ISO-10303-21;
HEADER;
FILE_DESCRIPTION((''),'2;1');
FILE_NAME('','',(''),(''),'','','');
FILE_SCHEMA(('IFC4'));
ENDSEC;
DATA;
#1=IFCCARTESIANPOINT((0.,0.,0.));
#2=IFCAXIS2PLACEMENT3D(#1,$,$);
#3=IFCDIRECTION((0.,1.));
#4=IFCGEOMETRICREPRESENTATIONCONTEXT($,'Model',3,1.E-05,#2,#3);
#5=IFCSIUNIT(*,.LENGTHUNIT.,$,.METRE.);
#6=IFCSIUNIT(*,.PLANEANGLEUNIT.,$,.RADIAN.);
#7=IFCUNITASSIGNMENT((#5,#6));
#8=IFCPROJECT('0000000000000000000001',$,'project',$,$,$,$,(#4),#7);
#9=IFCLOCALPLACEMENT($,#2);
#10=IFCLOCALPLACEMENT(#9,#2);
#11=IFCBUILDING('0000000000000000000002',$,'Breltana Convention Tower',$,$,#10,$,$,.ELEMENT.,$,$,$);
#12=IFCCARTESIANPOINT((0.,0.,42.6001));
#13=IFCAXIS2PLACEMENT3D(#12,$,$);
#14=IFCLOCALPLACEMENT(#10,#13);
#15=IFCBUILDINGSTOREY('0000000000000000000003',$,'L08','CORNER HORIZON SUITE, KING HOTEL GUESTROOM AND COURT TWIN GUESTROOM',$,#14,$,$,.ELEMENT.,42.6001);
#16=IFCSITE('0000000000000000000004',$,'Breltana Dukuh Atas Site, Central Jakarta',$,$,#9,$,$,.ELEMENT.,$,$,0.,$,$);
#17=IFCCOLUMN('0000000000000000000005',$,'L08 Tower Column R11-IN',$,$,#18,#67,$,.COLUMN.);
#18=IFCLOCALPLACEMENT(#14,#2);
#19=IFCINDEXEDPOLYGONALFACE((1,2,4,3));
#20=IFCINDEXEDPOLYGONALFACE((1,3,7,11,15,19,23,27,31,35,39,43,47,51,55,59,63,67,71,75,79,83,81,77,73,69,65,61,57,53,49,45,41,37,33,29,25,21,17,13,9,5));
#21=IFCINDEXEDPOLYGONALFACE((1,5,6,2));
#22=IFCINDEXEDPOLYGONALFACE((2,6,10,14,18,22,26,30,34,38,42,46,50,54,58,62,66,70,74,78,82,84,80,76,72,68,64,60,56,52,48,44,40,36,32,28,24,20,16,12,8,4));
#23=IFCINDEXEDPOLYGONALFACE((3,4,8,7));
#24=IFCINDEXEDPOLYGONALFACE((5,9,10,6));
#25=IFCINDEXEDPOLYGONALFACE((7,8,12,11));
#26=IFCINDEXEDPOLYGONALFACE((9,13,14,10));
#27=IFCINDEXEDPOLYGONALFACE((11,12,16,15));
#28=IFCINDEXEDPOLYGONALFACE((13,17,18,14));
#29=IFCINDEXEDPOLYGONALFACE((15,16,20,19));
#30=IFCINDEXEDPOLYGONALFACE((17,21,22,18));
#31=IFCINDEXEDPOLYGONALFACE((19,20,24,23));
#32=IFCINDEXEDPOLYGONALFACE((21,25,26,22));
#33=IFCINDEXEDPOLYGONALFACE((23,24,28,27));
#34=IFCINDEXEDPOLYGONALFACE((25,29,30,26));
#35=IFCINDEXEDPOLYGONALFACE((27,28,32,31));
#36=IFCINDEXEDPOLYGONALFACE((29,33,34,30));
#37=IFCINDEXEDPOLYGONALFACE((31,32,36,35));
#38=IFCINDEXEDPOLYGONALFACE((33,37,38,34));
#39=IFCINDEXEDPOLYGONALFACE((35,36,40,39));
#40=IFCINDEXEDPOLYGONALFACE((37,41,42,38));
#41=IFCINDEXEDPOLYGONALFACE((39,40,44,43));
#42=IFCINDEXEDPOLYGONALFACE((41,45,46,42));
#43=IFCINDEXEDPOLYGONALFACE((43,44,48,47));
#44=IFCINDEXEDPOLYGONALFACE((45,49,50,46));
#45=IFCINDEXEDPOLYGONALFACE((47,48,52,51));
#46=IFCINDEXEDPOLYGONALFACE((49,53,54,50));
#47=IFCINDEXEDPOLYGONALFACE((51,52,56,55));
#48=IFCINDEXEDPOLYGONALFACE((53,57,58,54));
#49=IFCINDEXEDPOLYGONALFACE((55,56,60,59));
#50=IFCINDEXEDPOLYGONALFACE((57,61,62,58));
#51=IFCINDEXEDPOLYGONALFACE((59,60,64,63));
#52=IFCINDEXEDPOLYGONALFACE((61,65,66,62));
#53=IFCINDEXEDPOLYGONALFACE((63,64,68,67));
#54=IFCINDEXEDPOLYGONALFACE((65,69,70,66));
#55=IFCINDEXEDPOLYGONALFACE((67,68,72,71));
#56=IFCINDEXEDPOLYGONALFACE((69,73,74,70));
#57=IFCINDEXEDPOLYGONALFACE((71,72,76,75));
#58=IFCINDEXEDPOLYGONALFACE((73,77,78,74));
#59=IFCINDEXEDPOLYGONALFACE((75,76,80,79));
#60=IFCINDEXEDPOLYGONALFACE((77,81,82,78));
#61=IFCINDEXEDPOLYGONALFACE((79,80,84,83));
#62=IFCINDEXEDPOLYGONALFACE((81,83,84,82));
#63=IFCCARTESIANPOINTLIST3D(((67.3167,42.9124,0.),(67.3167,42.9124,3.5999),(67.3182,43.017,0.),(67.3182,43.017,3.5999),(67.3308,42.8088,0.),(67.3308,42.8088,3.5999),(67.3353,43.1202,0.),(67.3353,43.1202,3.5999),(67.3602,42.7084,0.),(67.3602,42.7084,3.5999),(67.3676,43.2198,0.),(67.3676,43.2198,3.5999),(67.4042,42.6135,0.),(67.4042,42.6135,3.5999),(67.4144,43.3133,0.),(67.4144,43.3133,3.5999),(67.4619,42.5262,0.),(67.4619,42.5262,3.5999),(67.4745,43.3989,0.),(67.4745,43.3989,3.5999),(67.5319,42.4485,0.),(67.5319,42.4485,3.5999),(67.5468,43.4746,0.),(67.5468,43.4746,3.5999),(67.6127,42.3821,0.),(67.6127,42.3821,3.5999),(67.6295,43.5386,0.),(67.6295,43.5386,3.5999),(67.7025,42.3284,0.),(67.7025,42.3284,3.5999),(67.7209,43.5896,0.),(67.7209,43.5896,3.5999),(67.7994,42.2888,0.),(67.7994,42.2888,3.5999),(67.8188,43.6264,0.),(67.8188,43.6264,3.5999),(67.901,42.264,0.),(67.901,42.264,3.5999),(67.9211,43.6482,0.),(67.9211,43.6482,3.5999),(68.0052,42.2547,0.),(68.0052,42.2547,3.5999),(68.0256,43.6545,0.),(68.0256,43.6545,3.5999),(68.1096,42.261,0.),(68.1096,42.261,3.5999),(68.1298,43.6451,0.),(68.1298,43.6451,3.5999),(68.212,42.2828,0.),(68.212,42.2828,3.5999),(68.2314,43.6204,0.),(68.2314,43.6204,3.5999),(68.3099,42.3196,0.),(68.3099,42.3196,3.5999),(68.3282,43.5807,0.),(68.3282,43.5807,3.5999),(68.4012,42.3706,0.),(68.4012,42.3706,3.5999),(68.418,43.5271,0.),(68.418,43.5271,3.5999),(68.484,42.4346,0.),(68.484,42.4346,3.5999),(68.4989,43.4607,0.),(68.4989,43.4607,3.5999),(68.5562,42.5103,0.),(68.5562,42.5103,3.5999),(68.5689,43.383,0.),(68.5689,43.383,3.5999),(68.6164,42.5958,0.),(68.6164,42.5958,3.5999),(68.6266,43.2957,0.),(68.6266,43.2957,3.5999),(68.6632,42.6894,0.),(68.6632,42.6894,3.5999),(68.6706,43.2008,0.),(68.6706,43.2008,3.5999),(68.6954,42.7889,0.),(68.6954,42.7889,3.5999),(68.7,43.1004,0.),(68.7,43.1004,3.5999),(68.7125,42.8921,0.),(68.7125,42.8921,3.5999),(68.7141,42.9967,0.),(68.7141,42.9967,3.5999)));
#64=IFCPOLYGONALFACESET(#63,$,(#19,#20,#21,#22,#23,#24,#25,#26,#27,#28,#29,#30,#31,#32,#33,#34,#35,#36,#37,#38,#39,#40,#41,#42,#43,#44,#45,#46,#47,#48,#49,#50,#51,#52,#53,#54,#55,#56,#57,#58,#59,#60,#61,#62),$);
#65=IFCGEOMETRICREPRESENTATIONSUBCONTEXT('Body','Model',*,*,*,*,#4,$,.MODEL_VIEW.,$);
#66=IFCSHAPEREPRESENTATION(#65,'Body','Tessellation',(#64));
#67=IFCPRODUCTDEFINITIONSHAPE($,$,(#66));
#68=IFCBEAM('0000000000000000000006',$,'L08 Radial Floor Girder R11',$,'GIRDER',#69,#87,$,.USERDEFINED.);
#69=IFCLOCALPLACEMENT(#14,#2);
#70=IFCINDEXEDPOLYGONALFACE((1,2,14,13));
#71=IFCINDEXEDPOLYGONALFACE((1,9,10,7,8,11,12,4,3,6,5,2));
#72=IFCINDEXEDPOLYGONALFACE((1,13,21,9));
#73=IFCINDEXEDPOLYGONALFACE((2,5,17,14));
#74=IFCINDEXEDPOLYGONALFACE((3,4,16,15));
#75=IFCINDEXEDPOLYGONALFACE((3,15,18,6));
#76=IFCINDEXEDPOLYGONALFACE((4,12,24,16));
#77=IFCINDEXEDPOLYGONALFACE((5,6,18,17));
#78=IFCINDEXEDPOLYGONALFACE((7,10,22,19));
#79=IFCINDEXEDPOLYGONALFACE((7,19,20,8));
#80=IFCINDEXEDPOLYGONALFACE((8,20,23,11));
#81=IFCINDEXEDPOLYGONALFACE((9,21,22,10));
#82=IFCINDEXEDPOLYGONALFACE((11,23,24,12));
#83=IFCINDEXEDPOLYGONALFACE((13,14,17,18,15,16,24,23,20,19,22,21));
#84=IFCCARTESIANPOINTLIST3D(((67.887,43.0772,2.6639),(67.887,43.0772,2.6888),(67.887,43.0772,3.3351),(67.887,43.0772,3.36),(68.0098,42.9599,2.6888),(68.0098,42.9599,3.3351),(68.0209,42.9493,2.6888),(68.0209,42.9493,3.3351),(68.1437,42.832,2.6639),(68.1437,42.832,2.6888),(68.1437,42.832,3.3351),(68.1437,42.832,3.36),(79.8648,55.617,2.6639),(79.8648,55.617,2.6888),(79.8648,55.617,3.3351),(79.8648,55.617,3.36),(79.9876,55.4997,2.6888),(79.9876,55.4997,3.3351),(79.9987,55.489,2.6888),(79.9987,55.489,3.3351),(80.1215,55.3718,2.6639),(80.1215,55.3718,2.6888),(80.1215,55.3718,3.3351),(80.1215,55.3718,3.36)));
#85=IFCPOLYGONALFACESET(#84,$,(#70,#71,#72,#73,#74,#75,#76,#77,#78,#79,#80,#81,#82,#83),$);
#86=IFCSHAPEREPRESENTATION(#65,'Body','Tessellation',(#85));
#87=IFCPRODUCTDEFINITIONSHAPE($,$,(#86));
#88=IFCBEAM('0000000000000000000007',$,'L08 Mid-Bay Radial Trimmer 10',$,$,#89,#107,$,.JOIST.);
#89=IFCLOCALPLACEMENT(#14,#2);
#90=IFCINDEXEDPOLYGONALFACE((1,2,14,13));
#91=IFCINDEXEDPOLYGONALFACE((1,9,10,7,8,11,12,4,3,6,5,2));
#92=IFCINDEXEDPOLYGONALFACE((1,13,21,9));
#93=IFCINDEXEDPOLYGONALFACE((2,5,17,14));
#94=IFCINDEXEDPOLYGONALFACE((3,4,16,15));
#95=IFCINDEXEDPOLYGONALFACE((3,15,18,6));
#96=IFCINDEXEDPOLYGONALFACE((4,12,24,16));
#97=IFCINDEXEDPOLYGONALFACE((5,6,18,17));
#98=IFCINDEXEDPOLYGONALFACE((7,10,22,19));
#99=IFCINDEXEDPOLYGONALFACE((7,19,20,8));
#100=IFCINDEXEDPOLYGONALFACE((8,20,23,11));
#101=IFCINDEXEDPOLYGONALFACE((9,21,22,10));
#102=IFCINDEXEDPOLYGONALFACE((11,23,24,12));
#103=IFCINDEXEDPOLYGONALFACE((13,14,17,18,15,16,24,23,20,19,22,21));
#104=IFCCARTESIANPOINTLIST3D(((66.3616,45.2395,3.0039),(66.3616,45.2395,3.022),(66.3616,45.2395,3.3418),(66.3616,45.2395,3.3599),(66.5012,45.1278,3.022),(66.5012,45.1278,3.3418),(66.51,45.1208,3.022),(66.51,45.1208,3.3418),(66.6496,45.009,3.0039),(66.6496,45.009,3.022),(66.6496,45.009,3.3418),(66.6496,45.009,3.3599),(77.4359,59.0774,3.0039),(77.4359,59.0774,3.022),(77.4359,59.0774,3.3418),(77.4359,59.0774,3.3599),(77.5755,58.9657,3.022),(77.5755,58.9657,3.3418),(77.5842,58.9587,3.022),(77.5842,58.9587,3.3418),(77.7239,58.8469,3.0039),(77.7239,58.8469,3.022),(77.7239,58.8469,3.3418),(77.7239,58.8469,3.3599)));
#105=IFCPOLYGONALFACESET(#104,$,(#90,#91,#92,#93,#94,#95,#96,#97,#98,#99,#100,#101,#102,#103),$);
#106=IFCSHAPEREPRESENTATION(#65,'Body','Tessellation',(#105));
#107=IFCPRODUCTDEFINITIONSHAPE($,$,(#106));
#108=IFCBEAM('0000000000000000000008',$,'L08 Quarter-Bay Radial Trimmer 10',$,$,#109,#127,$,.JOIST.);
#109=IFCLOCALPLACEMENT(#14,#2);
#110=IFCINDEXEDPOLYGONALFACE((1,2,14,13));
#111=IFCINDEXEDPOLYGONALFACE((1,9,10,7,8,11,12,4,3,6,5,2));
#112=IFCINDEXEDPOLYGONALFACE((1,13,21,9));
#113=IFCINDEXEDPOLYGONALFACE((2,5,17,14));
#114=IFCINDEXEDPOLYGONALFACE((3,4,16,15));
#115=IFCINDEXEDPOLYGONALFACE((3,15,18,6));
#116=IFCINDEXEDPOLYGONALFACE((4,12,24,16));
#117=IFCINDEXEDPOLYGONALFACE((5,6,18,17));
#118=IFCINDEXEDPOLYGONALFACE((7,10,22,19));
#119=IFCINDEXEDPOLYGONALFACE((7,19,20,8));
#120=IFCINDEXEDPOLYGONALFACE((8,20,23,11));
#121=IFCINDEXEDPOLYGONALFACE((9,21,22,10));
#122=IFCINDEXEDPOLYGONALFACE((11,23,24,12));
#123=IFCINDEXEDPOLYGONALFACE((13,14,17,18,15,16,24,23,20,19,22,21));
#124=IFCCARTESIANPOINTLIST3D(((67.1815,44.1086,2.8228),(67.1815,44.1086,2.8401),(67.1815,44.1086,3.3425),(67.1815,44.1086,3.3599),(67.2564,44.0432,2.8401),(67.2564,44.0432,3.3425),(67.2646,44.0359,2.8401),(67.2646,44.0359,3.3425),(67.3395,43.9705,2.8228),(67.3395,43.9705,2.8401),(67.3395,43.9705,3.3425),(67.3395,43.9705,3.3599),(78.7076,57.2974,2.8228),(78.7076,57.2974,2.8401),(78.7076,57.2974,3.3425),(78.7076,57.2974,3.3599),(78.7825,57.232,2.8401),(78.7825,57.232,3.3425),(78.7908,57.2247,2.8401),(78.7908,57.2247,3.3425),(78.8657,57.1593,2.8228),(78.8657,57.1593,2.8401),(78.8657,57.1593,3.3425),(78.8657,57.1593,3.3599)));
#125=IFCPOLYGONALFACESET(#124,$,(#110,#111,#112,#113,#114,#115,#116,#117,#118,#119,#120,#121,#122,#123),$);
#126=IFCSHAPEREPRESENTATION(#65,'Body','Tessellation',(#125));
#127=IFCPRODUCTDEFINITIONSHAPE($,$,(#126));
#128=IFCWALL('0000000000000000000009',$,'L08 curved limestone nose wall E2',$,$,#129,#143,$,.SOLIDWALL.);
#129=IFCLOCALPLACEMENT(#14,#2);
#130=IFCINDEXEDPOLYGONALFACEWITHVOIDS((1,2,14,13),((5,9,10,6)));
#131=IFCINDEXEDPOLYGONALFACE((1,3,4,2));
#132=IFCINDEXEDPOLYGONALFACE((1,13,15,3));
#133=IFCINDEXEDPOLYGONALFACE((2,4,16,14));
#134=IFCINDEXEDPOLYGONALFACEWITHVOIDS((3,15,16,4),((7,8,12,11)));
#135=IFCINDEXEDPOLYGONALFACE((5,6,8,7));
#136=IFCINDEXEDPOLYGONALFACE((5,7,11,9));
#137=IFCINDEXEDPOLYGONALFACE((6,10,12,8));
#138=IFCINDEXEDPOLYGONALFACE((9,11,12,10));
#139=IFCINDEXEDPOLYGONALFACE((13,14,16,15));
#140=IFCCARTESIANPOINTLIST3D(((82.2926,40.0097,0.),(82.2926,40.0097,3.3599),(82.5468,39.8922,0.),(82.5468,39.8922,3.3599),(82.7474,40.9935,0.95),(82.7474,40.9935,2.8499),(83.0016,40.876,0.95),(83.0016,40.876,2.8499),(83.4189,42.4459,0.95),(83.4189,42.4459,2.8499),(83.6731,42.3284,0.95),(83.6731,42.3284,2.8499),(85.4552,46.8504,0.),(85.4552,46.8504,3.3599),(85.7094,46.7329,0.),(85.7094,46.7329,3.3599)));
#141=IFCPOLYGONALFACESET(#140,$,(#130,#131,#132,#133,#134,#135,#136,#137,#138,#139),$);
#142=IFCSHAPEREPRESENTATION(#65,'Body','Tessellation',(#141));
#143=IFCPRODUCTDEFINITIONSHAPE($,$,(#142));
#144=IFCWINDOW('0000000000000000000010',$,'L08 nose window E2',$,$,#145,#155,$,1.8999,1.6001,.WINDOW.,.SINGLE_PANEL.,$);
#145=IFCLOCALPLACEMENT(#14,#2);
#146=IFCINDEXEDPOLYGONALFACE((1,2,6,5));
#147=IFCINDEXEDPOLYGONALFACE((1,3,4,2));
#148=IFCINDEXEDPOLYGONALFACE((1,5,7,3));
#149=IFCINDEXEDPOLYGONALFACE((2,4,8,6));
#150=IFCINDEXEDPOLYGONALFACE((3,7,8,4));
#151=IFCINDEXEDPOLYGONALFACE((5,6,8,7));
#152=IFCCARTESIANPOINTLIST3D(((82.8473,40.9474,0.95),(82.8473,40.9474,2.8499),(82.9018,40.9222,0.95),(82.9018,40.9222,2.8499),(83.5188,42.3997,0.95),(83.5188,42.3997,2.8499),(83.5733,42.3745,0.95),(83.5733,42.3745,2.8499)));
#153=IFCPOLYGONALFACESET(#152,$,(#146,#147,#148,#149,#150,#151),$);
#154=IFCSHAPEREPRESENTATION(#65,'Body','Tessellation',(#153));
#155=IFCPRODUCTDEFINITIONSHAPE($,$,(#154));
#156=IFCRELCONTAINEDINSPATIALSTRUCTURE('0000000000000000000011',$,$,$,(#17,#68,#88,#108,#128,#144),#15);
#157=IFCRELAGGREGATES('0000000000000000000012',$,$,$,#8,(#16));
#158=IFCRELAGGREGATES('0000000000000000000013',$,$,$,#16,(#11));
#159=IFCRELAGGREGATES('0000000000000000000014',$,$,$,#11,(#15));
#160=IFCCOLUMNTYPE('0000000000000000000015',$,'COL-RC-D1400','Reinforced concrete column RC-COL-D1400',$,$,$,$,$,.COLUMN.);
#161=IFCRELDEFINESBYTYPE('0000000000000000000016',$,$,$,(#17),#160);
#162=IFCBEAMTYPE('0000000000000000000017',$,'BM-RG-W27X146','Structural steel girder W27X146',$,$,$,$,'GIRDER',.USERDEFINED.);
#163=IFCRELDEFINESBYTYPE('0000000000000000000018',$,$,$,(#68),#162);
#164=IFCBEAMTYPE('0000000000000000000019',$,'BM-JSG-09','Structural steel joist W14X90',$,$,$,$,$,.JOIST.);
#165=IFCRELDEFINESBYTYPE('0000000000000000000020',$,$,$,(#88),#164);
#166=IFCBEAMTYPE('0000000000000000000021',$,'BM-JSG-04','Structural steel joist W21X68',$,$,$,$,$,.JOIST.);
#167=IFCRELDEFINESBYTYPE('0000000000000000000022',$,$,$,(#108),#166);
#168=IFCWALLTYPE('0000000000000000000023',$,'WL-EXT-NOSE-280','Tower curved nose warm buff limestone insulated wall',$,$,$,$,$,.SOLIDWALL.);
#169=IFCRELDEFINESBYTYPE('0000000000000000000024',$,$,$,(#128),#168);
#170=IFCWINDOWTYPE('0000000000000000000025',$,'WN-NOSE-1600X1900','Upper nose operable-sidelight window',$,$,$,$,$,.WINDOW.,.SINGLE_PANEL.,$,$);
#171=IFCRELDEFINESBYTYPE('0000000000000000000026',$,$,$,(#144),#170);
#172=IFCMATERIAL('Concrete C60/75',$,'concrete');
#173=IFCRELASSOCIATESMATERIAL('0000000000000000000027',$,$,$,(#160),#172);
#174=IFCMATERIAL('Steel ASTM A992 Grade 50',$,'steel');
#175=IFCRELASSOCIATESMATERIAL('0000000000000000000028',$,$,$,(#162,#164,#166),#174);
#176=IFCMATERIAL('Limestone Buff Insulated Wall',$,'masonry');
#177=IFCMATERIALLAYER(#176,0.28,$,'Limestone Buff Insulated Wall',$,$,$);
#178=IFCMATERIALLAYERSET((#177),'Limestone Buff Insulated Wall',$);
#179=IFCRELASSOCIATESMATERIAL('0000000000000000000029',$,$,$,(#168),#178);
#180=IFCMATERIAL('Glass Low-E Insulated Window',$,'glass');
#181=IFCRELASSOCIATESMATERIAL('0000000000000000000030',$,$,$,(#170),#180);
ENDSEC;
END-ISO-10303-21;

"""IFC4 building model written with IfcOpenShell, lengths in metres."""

from ifc_helpers import new_model, si_unit, direction, frame, frame_2d, origin, origin_2d, place, context, subcontext, project, spatial, rectangle, circle, i_section, extrude, source, transform, mapped, material, layer, layer_set, material_profile, profile_set, type_object, type_shapes, element, fill, save


model = new_model("IFC4")

# Units and contexts
model_context = context("Model", 3, precision=1e-05, world=origin(), true_north=direction((0.0, 1.0)))
body_context = subcontext(model_context, "Body", "Model", "MODEL_VIEW")
ifc_project = project(units=[si_unit("LENGTHUNIT", "METRE"), si_unit("PLANEANGLEUNIT", "RADIAN")], contexts=[model_context])

# Site, building, storey
site_placement = place(None, origin())
site = spatial("IfcSite", under=ifc_project, at=site_placement, Name="Breltana Dukuh Atas Site, Central Jakarta", CompositionType="ELEMENT", RefElevation=0.0)
building_placement = place(site_placement, origin())
building = spatial("IfcBuilding", under=site, at=building_placement, Name="Breltana Convention Tower", CompositionType="ELEMENT")
storey_placement = place(building_placement, frame((0.0, 0.0, 42.6001)))
storey = spatial("IfcBuildingStorey", under=building, at=storey_placement, Name="L08", Description="CORNER HORIZON SUITE, KING HOTEL GUESTROOM AND COURT TWIN GUESTROOM", CompositionType="ELEMENT", Elevation=42.6001)

# Column
ifc_material_1 = material(Name="Concrete C60/75", Category="concrete")
ifc_material_profile_1 = material_profile(ifc_material_1, circle(Radius=0.7, at=origin_2d()), Name="RC-COL-D1400")
ifc_profile_set_1 = profile_set([ifc_material_profile_1], Name="Concrete C60/75")
column_type = type_object("IfcColumnType", Name="COL-RC-D1400", Description="Reinforced concrete column RC-COL-D1400", PredefinedType="COLUMN", material=ifc_profile_set_1)
shared_shape_1 = source(origin(), body_context, "Body", "SweptSolid", [
    extrude(circle(Radius=0.7, at=origin_2d()), origin(), (0.0, 0.0, 1.0), 3.5999),
])
column_placement = place(storey_placement, frame((68.0154, 42.9546, 0.0), z_axis=(0.0, 0.0, 1.0), x_axis=(0.690756, 0.723088, 0.0)))
element("IfcColumn", 1, at=column_placement, inside=storey, type_object=column_type, Name="L08 Tower Column R11-IN", PredefinedType="COLUMN", context=body_context, shape_type="MappedRepresentation", body=[
    mapped(shared_shape_1, transform((0.0, 0.0, 0.0), scale=1.0)),
])

# Beams
ifc_material_2 = material(Name="Steel ASTM A992 Grade 50", Category="steel")
ifc_material_profile_2 = material_profile(ifc_material_2, i_section(OverallWidth=0.355, OverallDepth=0.696, WebThickness=0.0154, FlangeThickness=0.0249, at=origin_2d()), Name="W27X146")
ifc_profile_set_2 = profile_set([ifc_material_profile_2], Name="Steel ASTM A992 Grade 50")
beam_type_1 = type_object("IfcBeamType", Name="BM-RG-W27X146", Description="Structural steel girder W27X146", ElementType="GIRDER", PredefinedType="USERDEFINED", material=ifc_profile_set_2)
shared_shape_2 = source(origin(), body_context, "Body", "SweptSolid", [
    extrude(i_section(OverallWidth=0.355, OverallDepth=0.696, WebThickness=0.0154, FlangeThickness=0.0249, at=origin_2d()), origin(), (0.0, 0.0, 1.0), 17.3411),
])
type_shapes(beam_type_1, [shared_shape_2])
beam_1_placement = place(storey_placement, frame((68.0154, 42.9546, 3.012), z_axis=(0.690716, 0.723126, 0.0), x_axis=(-0.723126, 0.690716, 0.0)))
element("IfcBeam", 2, at=beam_1_placement, inside=storey, type_object=beam_type_1, Name="L08 Radial Floor Girder R11", ObjectType="GIRDER", PredefinedType="USERDEFINED", context=body_context, shape_type="MappedRepresentation", body=[
    mapped(shared_shape_2, transform((0.0, 0.0, 0.0), scale=1.0)),
])
ifc_material_profile_3 = material_profile(ifc_material_2, i_section(OverallWidth=0.3689, OverallDepth=0.356, WebThickness=0.0112, FlangeThickness=0.0181, at=origin_2d()), Name="W14X90")
ifc_profile_set_3 = profile_set([ifc_material_profile_3], Name="Steel ASTM A992 Grade 50")
beam_type_2 = type_object("IfcBeamType", Name="BM-JSG-09", Description="Structural steel joist W14X90", PredefinedType="JOIST", material=ifc_profile_set_3)
shared_shape_3 = source(origin(), body_context, "Body", "SweptSolid", [
    extrude(i_section(OverallWidth=0.3689, OverallDepth=0.356, WebThickness=0.0112, FlangeThickness=0.0181, at=origin_2d()), origin(), (0.0, 0.0, 1.0), 17.7236),
])
beam_2_placement = place(storey_placement, frame((66.5056, 45.1243, 3.1819), z_axis=(0.624829, 0.780761, 0.0), x_axis=(-0.780761, 0.624829, 0.0)))
element("IfcBeam", 3, at=beam_2_placement, inside=storey, type_object=beam_type_2, Name="L08 Mid-Bay Radial Trimmer 10", PredefinedType="JOIST", context=body_context, shape_type="MappedRepresentation", body=[
    mapped(shared_shape_3, transform((0.0, 0.0, 0.0), scale=1.0)),
])
ifc_material_profile_4 = material_profile(ifc_material_2, i_section(OverallWidth=0.21, OverallDepth=0.5371, WebThickness=0.011, FlangeThickness=0.0173, at=origin_2d()), Name="W21X68")
ifc_profile_set_4 = profile_set([ifc_material_profile_4], Name="Steel ASTM A992 Grade 50")
beam_type_3 = type_object("IfcBeamType", Name="BM-JSG-04", Description="Structural steel joist W21X68", PredefinedType="JOIST", material=ifc_profile_set_4)
shared_shape_4 = source(origin(), body_context, "Body", "SweptSolid", [
    extrude(i_section(OverallWidth=0.21, OverallDepth=0.5371, WebThickness=0.011, FlangeThickness=0.0173, at=origin_2d()), origin(), (0.0, 0.0, 1.0), 17.5156),
])
beam_3_placement = place(storey_placement, frame((67.2605, 44.0396, 3.0913), z_axis=(0.658052, 0.752973, 0.0), x_axis=(-0.752973, 0.658052, 0.0)))
element("IfcBeam", 4, at=beam_3_placement, inside=storey, type_object=beam_type_3, Name="L08 Quarter-Bay Radial Trimmer 10", PredefinedType="JOIST", context=body_context, shape_type="MappedRepresentation", body=[
    mapped(shared_shape_4, transform((0.0, 0.0, 0.0), scale=1.0)),
])

# Wall, opening, window
ifc_material_3 = material(Name="Limestone Buff Insulated Wall", Category="masonry")
ifc_layer_1 = layer(ifc_material_3, 0.28, Name="Limestone Buff Insulated Wall")
ifc_layer_set_1 = layer_set([ifc_layer_1], Name="Limestone Buff Insulated Wall")
wall_type_1 = type_object("IfcWallType", Name="WL-EXT-NOSE-280", Description="Tower curved nose warm buff limestone insulated wall", PredefinedType="SOLIDWALL", material=ifc_layer_set_1)
shared_shape_5 = source(origin(), body_context, "Body", "SweptSolid", [
    extrude(rectangle(XDim=7.5364, YDim=0.28, at=frame_2d((3.7681, 0.0))), origin(), (0.0, 0.0, 1.0), 3.3599),
])
wall_1_placement = place(storey_placement, frame((85.5823, 46.7915, 0.0), z_axis=(0.0, 0.0, 1.0), x_axis=(-0.41965, -0.907686, 0.0)))
wall_1 = element("IfcWall", 5, at=wall_1_placement, inside=storey, type_object=wall_type_1, Name="L08 curved limestone nose wall E2", PredefinedType="SOLIDWALL", context=body_context, shape_type="MappedRepresentation", body=[
    mapped(shared_shape_5, transform((0.0, 0.0, 0.0), scale=1.0)),
])
opening_1_placement = place(wall_1_placement, frame((4.8523, 0.0, 0.95)))
opening_1 = element("IfcOpeningElement", 6, at=opening_1_placement, cuts=wall_1, PredefinedType="OPENING", context=body_context, shape_type="SweptSolid", body=[
    extrude(rectangle(XDim=1.6001, YDim=1.8999, at=frame_2d((0.8, 0.95))), frame((0.0, 0.1499, 0.0), z_axis=(0.0, -1.0, 0.0), x_axis=(1.0, 0.0, 0.0)), (0.0, 0.0, 1.0), 0.3),
])
ifc_material_4 = material(Name="Glass Low-E Insulated Window", Category="glass")
window_type = type_object("IfcWindowType", Name="WN-NOSE-1600X1900", Description="Upper nose operable-sidelight window", PartitioningType="SINGLE_PANEL", PredefinedType="WINDOW", material=ifc_material_4)
shared_shape_6 = source(origin(), body_context, "Body", "SweptSolid", [
    extrude(rectangle(XDim=1.6001, YDim=1.8999, at=frame_2d((0.8, 0.95))), frame((0.0, 0.03, 0.0), z_axis=(0.0, -1.0, 0.0), x_axis=(1.0, 0.0, 0.0)), (0.0, 0.0, 1.0), 0.0601),
])
type_shapes(window_type, [shared_shape_6])
window_1_placement = place(opening_1_placement, origin())
window_1 = element("IfcWindow", 7, at=window_1_placement, inside=storey, type_object=window_type, Name="L08 nose window E2", OverallHeight=1.8999, OverallWidth=1.6001, PartitioningType="SINGLE_PANEL", PredefinedType="WINDOW", context=body_context, shape_type="MappedRepresentation", body=[
    mapped(shared_shape_6, transform((0.0, 0.0, 0.0), scale=1.0)),
])
fill(opening_1, window_1)

save(model, "model.ifc")
